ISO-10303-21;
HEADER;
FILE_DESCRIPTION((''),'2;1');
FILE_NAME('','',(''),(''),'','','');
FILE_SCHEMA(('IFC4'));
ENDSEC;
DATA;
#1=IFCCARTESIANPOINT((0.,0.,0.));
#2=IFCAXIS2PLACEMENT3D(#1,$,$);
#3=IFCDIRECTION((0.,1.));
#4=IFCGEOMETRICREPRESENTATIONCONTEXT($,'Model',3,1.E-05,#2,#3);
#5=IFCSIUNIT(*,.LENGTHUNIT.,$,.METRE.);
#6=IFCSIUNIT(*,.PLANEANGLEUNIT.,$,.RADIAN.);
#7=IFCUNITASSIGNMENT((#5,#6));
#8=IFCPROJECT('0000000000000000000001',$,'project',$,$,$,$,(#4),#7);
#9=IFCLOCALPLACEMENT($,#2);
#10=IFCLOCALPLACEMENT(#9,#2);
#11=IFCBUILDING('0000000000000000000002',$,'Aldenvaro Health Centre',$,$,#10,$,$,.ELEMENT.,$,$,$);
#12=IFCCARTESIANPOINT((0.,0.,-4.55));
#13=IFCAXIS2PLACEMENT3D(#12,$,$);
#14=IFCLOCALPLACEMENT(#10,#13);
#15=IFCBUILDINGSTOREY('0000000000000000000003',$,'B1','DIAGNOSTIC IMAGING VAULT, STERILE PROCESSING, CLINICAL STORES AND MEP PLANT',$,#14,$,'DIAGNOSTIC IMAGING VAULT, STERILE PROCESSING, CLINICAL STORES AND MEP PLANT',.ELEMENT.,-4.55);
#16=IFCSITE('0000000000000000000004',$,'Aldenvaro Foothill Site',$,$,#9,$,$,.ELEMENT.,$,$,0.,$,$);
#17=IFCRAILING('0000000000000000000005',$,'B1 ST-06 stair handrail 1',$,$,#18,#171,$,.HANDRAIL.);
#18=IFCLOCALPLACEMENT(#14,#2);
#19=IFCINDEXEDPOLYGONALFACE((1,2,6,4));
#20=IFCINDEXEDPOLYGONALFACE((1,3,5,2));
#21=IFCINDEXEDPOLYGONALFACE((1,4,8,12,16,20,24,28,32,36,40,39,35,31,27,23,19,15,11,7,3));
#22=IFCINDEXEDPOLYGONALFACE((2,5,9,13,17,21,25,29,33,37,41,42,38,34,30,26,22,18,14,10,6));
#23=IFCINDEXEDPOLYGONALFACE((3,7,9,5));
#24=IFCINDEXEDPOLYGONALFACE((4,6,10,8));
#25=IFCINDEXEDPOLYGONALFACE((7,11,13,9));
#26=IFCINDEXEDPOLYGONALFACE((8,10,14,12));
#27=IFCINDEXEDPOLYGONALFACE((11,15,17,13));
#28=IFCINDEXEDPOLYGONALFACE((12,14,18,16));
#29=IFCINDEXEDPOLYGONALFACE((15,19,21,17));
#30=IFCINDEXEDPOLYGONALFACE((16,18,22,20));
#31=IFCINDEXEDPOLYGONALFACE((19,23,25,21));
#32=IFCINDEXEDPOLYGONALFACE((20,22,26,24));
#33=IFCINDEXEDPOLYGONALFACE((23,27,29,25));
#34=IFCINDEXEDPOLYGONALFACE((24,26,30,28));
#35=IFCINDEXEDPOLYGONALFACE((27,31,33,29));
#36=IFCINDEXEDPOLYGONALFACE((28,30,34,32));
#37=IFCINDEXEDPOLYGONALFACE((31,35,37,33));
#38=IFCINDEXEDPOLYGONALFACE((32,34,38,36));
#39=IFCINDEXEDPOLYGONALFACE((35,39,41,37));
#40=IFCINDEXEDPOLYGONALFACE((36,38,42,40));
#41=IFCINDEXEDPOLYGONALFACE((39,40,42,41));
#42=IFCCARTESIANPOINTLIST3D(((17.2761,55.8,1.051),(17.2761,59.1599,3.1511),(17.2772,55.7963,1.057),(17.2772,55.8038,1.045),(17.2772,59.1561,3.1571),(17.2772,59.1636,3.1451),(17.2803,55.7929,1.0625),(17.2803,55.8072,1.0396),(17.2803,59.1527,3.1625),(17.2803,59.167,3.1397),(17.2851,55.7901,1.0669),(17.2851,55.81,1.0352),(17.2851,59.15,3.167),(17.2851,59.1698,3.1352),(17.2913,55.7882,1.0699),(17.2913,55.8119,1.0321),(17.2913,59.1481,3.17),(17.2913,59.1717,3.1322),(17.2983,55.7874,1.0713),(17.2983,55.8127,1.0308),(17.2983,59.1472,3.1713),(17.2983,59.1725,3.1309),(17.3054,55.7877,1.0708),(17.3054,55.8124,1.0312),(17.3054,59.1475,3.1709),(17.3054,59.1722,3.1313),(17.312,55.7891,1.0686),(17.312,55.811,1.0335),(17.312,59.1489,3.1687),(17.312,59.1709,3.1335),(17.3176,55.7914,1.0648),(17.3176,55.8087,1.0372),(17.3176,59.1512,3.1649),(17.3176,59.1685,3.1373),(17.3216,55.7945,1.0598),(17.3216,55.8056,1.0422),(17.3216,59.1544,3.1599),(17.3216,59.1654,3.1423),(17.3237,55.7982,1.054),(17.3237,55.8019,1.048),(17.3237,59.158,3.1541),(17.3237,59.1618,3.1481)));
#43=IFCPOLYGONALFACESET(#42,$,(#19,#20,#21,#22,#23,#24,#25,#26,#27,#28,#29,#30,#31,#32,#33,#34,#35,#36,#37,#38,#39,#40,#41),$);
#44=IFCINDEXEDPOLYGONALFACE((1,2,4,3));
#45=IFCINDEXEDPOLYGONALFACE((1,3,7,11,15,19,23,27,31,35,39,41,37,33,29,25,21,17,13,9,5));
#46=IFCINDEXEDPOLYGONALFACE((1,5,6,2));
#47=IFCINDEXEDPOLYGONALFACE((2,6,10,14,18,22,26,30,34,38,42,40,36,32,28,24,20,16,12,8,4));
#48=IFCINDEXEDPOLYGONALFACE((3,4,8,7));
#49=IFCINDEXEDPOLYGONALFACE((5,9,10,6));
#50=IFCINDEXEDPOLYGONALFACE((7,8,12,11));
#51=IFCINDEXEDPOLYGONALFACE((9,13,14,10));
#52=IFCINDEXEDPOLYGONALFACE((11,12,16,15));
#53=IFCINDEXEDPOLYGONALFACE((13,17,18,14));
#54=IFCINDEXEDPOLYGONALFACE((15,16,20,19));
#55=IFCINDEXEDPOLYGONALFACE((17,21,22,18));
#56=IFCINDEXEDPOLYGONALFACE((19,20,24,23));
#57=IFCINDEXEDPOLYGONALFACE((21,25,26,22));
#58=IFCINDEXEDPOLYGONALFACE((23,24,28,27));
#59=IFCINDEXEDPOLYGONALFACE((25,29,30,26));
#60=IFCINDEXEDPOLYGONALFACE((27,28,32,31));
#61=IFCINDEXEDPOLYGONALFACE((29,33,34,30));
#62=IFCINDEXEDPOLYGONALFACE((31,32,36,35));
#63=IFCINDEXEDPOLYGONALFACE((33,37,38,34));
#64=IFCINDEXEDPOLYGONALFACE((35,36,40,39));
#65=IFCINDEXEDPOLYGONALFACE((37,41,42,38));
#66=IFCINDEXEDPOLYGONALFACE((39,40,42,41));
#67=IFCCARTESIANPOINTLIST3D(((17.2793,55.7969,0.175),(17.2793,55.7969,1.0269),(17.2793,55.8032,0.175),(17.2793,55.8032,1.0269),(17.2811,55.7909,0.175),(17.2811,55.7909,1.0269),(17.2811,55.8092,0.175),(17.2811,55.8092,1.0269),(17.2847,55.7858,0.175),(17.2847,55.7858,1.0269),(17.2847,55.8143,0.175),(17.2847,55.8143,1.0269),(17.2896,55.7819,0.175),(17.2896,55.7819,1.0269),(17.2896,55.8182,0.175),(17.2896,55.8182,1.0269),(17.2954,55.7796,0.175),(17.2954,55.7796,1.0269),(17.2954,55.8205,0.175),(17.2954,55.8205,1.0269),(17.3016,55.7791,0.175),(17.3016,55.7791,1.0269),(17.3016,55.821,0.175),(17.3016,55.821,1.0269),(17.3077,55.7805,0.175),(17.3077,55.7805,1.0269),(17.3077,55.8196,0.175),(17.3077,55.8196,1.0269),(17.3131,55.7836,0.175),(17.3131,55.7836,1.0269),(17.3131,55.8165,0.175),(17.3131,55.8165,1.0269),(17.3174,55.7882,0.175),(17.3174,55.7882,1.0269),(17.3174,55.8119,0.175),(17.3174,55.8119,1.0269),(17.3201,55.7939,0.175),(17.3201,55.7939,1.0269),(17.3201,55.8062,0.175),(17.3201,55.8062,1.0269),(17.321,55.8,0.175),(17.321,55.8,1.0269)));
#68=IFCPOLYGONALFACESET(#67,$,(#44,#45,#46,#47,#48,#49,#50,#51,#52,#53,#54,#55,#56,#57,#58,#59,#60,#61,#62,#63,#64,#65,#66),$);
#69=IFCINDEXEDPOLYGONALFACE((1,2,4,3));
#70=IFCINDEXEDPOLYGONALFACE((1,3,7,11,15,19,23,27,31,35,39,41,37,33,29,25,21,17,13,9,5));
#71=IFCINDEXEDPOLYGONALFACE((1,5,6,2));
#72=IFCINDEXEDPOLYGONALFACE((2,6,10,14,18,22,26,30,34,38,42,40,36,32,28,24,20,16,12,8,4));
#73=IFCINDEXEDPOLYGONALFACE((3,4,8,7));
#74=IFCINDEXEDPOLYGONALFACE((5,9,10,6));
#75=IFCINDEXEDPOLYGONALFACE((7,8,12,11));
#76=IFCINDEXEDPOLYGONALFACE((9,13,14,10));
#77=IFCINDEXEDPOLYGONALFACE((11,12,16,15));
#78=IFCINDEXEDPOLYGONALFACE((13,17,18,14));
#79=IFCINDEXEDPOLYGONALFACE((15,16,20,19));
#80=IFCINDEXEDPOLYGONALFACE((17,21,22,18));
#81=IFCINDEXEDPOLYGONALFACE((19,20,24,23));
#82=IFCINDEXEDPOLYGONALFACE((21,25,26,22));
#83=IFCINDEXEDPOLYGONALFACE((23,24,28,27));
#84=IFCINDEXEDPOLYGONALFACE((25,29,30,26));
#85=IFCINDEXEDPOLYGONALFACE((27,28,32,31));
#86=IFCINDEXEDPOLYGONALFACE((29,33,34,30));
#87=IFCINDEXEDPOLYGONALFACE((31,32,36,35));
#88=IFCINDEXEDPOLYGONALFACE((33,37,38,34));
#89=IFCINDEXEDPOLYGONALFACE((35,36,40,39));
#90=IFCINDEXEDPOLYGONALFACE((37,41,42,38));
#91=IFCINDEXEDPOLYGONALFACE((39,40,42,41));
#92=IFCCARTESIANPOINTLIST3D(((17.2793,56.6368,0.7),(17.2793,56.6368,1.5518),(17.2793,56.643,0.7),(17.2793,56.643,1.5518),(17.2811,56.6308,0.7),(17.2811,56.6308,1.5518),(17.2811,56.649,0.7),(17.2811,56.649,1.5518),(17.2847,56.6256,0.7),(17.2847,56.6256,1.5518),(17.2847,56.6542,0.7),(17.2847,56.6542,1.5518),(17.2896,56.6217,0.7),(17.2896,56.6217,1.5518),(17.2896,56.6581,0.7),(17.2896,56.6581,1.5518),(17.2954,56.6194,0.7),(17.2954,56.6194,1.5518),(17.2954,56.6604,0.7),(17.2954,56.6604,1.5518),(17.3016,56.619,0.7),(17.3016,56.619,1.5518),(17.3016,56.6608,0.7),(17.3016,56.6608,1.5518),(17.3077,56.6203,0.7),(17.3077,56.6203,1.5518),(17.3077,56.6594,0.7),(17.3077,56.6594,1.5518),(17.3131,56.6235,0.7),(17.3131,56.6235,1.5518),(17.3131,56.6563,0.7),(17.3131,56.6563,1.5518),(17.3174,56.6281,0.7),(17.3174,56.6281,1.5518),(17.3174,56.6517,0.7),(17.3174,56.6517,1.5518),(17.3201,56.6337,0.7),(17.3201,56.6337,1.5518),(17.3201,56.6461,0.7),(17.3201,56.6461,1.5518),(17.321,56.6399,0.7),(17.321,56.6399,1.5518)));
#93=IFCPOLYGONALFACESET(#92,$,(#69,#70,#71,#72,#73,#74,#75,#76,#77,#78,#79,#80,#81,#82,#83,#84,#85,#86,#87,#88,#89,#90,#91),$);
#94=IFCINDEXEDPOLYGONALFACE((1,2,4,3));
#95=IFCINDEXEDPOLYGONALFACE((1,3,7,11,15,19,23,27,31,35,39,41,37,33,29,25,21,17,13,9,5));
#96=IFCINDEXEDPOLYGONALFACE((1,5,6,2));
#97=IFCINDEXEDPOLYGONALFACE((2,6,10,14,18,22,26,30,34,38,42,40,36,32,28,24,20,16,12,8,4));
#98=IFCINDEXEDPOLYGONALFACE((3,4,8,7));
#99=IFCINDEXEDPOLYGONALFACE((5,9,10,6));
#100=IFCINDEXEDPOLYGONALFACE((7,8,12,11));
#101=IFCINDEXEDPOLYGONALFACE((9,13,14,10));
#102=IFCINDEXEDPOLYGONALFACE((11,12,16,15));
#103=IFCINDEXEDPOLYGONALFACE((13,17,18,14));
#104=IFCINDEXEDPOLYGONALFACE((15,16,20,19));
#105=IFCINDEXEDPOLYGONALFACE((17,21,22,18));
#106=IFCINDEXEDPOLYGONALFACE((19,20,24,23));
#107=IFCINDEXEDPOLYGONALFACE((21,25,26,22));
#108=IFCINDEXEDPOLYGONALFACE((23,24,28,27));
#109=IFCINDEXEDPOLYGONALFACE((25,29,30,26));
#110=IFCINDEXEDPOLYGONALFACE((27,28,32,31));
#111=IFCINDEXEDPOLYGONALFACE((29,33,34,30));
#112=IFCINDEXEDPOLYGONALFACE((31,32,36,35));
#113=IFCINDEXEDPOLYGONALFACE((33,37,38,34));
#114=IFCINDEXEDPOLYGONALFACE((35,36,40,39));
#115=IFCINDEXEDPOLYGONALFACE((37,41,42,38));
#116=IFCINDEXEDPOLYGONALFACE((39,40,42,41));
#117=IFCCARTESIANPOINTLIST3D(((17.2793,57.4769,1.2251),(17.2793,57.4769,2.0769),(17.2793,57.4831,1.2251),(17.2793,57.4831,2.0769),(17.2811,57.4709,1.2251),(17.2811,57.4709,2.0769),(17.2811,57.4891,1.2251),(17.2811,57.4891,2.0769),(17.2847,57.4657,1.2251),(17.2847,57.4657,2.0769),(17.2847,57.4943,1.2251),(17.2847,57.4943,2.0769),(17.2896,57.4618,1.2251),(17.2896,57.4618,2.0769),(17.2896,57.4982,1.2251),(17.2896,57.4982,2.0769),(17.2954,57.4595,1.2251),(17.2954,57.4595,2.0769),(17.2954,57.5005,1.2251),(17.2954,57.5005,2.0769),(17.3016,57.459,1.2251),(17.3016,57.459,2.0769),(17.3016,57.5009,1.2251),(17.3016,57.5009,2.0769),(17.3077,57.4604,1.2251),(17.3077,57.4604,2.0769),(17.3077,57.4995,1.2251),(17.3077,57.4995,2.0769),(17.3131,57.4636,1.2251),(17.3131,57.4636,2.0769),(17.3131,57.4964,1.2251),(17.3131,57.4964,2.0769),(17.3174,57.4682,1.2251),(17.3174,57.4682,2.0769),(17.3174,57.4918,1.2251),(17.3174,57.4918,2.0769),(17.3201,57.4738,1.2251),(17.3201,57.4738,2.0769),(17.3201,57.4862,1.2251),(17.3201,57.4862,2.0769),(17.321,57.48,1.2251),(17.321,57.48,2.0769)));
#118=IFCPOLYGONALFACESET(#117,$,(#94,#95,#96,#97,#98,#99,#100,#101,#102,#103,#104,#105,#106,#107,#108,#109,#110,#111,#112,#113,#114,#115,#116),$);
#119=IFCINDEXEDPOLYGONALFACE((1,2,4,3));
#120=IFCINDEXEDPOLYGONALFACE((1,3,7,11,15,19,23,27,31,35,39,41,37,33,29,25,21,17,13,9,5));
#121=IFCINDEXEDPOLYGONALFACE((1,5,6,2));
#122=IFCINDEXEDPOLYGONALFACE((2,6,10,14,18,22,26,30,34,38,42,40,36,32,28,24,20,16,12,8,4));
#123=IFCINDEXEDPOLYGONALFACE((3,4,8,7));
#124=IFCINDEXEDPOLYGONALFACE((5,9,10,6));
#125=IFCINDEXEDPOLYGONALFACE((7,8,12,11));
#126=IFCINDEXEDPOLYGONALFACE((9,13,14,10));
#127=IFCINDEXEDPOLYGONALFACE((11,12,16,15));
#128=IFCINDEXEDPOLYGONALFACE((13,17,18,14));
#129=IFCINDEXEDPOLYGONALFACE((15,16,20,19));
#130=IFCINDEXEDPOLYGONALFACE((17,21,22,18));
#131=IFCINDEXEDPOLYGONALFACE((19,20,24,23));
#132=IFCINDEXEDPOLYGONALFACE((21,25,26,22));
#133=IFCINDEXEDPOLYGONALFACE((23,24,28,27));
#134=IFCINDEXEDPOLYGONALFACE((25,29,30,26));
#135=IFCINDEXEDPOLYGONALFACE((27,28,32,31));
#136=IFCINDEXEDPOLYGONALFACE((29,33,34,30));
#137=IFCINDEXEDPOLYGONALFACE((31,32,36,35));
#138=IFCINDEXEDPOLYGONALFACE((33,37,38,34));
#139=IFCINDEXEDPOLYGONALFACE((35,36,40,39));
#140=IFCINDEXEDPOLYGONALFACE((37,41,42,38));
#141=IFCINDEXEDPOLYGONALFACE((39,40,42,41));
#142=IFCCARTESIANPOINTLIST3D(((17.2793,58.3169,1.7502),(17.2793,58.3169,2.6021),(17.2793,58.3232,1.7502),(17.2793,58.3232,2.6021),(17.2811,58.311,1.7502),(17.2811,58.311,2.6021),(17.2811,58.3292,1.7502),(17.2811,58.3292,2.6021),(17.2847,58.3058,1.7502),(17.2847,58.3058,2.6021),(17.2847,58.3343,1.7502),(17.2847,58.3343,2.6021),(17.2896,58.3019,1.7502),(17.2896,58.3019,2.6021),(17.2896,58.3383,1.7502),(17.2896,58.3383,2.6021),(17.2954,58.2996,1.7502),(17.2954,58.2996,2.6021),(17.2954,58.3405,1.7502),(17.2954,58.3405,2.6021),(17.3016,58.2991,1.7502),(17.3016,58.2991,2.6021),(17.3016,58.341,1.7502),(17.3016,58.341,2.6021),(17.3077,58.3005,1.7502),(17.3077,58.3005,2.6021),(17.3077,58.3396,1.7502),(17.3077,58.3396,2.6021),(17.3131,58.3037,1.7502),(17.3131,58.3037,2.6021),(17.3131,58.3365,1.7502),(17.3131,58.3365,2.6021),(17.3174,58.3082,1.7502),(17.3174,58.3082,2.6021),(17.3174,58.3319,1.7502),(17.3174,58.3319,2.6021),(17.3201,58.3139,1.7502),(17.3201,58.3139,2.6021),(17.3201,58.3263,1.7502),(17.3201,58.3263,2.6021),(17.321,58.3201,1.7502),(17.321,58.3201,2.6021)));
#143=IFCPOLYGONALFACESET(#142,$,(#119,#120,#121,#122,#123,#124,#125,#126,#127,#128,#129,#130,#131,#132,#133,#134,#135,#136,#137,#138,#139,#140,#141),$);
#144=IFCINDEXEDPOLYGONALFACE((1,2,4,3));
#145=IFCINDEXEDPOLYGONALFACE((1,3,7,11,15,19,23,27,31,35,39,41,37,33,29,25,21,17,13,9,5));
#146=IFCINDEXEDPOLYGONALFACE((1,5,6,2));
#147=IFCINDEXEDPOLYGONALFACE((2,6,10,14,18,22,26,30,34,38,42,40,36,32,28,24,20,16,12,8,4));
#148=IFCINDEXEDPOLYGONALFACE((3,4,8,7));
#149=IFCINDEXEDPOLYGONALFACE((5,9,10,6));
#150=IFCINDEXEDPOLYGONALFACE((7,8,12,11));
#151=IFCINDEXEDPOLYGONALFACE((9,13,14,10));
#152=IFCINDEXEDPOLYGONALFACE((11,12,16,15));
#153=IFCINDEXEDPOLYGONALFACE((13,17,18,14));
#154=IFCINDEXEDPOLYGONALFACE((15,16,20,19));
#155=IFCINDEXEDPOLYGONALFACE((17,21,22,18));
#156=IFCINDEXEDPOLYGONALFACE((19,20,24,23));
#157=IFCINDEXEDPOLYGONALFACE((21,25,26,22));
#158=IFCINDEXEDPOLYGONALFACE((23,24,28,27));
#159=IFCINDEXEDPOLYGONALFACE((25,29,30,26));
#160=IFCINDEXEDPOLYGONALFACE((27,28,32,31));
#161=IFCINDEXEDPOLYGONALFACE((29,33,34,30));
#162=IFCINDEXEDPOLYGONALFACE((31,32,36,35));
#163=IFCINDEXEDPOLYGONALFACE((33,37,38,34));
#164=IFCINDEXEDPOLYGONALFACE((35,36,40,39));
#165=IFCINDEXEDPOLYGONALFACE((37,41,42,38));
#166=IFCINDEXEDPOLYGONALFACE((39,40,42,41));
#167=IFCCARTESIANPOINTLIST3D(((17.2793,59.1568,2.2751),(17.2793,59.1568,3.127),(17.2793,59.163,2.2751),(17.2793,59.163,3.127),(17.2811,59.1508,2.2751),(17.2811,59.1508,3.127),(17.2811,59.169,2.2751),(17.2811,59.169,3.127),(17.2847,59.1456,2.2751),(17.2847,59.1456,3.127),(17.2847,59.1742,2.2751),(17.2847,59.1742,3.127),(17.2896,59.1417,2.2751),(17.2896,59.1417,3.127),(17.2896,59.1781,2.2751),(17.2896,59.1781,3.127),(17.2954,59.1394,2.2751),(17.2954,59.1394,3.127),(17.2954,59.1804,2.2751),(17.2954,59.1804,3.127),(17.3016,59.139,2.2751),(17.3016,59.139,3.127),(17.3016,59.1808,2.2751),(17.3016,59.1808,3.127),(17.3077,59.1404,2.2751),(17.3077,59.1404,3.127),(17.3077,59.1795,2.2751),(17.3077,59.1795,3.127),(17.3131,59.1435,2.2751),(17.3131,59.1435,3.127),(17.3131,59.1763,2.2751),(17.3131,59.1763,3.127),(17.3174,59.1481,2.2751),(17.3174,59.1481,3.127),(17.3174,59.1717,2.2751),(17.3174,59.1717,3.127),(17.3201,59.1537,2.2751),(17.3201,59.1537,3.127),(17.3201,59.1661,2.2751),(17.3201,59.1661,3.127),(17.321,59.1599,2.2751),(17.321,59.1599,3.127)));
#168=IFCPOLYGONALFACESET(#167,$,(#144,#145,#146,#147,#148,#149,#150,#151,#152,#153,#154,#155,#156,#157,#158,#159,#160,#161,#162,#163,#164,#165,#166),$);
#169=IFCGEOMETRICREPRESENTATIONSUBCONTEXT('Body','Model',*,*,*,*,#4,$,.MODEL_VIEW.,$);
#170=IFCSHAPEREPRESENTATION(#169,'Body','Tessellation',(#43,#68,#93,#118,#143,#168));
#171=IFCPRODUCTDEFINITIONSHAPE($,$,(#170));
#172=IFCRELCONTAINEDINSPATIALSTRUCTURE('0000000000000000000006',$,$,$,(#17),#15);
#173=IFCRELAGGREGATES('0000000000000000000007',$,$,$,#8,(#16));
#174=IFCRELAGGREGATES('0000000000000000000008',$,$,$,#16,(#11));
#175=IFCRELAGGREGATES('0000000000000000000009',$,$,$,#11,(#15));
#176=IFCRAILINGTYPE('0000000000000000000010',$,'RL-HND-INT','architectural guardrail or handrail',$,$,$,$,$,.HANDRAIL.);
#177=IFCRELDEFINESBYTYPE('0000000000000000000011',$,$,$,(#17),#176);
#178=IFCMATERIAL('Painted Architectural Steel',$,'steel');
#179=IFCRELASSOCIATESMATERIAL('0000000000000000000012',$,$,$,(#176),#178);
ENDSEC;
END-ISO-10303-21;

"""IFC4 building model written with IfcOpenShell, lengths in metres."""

from ifc_helpers import new_model, si_unit, direction, frame, origin, origin_2d, place, context, subcontext, project, spatial, circle, extrude, material, type_object, element, save


model = new_model("IFC4")

# Units and contexts
model_context = context("Model", 3, precision=1e-05, world=origin(), true_north=direction((0.0, 1.0)))
body_context = subcontext(model_context, "Body", "Model", "MODEL_VIEW")
ifc_project = project(units=[si_unit("LENGTHUNIT", "METRE"), si_unit("PLANEANGLEUNIT", "RADIAN")], contexts=[model_context])

# Site, building, storey
site_placement = place(None, origin())
site = spatial("IfcSite", under=ifc_project, at=site_placement, Name="Aldenvaro Foothill Site", CompositionType="ELEMENT", RefElevation=0.0)
building_placement = place(site_placement, origin())
building = spatial("IfcBuilding", under=site, at=building_placement, Name="Aldenvaro Health Centre", CompositionType="ELEMENT")
storey_placement = place(building_placement, frame((0.0, 0.0, -4.55)))
storey = spatial("IfcBuildingStorey", under=building, at=storey_placement, Name="B1", Description="DIAGNOSTIC IMAGING VAULT, STERILE PROCESSING, CLINICAL STORES AND MEP PLANT", LongName="DIAGNOSTIC IMAGING VAULT, STERILE PROCESSING, CLINICAL STORES AND MEP PLANT", CompositionType="ELEMENT", Elevation=-4.55)

# Railing
ifc_material_1 = material(Name="Painted Architectural Steel", Category="steel")
railing_type_1 = type_object("IfcRailingType", Name="RL-HND-INT", Description="architectural guardrail or handrail", PredefinedType="HANDRAIL", material=ifc_material_1)
railing_1_placement = place(storey_placement, frame((17.3, 55.8, 0.175)))
element("IfcRailing", 1, at=railing_1_placement, inside=storey, type_object=railing_type_1, Name="B1 ST-06 stair handrail 1", PredefinedType="HANDRAIL", context=body_context, shape_type="SweptSolid", body=[
    extrude(circle(Radius=0.0239, at=origin_2d()), frame((0.0, 0.0, 0.876), z_axis=(0.0, 0.847978, 0.530032), x_axis=(-1.0, 0.0, 0.0)), (0.0, 0.0, 1.0), 3.9622),
    extrude(circle(Radius=0.021, at=origin_2d()), origin(), (0.0, 0.0, 1.0), 0.8518),
    extrude(circle(Radius=0.021, at=origin_2d()), frame((0.0, 0.8398, 0.5249)), (0.0, 0.0, 1.0), 0.8518),
    extrude(circle(Radius=0.021, at=origin_2d()), frame((0.0, 1.6799, 1.05)), (0.0, 0.0, 1.0), 0.8518),
    extrude(circle(Radius=0.021, at=origin_2d()), frame((0.0, 2.52, 1.5752)), (0.0, 0.0, 1.0), 0.8518),
    extrude(circle(Radius=0.021, at=origin_2d()), frame((0.0, 3.3599, 2.1001)), (0.0, 0.0, 1.0), 0.8518),
])

save(model, "model.ifc")
